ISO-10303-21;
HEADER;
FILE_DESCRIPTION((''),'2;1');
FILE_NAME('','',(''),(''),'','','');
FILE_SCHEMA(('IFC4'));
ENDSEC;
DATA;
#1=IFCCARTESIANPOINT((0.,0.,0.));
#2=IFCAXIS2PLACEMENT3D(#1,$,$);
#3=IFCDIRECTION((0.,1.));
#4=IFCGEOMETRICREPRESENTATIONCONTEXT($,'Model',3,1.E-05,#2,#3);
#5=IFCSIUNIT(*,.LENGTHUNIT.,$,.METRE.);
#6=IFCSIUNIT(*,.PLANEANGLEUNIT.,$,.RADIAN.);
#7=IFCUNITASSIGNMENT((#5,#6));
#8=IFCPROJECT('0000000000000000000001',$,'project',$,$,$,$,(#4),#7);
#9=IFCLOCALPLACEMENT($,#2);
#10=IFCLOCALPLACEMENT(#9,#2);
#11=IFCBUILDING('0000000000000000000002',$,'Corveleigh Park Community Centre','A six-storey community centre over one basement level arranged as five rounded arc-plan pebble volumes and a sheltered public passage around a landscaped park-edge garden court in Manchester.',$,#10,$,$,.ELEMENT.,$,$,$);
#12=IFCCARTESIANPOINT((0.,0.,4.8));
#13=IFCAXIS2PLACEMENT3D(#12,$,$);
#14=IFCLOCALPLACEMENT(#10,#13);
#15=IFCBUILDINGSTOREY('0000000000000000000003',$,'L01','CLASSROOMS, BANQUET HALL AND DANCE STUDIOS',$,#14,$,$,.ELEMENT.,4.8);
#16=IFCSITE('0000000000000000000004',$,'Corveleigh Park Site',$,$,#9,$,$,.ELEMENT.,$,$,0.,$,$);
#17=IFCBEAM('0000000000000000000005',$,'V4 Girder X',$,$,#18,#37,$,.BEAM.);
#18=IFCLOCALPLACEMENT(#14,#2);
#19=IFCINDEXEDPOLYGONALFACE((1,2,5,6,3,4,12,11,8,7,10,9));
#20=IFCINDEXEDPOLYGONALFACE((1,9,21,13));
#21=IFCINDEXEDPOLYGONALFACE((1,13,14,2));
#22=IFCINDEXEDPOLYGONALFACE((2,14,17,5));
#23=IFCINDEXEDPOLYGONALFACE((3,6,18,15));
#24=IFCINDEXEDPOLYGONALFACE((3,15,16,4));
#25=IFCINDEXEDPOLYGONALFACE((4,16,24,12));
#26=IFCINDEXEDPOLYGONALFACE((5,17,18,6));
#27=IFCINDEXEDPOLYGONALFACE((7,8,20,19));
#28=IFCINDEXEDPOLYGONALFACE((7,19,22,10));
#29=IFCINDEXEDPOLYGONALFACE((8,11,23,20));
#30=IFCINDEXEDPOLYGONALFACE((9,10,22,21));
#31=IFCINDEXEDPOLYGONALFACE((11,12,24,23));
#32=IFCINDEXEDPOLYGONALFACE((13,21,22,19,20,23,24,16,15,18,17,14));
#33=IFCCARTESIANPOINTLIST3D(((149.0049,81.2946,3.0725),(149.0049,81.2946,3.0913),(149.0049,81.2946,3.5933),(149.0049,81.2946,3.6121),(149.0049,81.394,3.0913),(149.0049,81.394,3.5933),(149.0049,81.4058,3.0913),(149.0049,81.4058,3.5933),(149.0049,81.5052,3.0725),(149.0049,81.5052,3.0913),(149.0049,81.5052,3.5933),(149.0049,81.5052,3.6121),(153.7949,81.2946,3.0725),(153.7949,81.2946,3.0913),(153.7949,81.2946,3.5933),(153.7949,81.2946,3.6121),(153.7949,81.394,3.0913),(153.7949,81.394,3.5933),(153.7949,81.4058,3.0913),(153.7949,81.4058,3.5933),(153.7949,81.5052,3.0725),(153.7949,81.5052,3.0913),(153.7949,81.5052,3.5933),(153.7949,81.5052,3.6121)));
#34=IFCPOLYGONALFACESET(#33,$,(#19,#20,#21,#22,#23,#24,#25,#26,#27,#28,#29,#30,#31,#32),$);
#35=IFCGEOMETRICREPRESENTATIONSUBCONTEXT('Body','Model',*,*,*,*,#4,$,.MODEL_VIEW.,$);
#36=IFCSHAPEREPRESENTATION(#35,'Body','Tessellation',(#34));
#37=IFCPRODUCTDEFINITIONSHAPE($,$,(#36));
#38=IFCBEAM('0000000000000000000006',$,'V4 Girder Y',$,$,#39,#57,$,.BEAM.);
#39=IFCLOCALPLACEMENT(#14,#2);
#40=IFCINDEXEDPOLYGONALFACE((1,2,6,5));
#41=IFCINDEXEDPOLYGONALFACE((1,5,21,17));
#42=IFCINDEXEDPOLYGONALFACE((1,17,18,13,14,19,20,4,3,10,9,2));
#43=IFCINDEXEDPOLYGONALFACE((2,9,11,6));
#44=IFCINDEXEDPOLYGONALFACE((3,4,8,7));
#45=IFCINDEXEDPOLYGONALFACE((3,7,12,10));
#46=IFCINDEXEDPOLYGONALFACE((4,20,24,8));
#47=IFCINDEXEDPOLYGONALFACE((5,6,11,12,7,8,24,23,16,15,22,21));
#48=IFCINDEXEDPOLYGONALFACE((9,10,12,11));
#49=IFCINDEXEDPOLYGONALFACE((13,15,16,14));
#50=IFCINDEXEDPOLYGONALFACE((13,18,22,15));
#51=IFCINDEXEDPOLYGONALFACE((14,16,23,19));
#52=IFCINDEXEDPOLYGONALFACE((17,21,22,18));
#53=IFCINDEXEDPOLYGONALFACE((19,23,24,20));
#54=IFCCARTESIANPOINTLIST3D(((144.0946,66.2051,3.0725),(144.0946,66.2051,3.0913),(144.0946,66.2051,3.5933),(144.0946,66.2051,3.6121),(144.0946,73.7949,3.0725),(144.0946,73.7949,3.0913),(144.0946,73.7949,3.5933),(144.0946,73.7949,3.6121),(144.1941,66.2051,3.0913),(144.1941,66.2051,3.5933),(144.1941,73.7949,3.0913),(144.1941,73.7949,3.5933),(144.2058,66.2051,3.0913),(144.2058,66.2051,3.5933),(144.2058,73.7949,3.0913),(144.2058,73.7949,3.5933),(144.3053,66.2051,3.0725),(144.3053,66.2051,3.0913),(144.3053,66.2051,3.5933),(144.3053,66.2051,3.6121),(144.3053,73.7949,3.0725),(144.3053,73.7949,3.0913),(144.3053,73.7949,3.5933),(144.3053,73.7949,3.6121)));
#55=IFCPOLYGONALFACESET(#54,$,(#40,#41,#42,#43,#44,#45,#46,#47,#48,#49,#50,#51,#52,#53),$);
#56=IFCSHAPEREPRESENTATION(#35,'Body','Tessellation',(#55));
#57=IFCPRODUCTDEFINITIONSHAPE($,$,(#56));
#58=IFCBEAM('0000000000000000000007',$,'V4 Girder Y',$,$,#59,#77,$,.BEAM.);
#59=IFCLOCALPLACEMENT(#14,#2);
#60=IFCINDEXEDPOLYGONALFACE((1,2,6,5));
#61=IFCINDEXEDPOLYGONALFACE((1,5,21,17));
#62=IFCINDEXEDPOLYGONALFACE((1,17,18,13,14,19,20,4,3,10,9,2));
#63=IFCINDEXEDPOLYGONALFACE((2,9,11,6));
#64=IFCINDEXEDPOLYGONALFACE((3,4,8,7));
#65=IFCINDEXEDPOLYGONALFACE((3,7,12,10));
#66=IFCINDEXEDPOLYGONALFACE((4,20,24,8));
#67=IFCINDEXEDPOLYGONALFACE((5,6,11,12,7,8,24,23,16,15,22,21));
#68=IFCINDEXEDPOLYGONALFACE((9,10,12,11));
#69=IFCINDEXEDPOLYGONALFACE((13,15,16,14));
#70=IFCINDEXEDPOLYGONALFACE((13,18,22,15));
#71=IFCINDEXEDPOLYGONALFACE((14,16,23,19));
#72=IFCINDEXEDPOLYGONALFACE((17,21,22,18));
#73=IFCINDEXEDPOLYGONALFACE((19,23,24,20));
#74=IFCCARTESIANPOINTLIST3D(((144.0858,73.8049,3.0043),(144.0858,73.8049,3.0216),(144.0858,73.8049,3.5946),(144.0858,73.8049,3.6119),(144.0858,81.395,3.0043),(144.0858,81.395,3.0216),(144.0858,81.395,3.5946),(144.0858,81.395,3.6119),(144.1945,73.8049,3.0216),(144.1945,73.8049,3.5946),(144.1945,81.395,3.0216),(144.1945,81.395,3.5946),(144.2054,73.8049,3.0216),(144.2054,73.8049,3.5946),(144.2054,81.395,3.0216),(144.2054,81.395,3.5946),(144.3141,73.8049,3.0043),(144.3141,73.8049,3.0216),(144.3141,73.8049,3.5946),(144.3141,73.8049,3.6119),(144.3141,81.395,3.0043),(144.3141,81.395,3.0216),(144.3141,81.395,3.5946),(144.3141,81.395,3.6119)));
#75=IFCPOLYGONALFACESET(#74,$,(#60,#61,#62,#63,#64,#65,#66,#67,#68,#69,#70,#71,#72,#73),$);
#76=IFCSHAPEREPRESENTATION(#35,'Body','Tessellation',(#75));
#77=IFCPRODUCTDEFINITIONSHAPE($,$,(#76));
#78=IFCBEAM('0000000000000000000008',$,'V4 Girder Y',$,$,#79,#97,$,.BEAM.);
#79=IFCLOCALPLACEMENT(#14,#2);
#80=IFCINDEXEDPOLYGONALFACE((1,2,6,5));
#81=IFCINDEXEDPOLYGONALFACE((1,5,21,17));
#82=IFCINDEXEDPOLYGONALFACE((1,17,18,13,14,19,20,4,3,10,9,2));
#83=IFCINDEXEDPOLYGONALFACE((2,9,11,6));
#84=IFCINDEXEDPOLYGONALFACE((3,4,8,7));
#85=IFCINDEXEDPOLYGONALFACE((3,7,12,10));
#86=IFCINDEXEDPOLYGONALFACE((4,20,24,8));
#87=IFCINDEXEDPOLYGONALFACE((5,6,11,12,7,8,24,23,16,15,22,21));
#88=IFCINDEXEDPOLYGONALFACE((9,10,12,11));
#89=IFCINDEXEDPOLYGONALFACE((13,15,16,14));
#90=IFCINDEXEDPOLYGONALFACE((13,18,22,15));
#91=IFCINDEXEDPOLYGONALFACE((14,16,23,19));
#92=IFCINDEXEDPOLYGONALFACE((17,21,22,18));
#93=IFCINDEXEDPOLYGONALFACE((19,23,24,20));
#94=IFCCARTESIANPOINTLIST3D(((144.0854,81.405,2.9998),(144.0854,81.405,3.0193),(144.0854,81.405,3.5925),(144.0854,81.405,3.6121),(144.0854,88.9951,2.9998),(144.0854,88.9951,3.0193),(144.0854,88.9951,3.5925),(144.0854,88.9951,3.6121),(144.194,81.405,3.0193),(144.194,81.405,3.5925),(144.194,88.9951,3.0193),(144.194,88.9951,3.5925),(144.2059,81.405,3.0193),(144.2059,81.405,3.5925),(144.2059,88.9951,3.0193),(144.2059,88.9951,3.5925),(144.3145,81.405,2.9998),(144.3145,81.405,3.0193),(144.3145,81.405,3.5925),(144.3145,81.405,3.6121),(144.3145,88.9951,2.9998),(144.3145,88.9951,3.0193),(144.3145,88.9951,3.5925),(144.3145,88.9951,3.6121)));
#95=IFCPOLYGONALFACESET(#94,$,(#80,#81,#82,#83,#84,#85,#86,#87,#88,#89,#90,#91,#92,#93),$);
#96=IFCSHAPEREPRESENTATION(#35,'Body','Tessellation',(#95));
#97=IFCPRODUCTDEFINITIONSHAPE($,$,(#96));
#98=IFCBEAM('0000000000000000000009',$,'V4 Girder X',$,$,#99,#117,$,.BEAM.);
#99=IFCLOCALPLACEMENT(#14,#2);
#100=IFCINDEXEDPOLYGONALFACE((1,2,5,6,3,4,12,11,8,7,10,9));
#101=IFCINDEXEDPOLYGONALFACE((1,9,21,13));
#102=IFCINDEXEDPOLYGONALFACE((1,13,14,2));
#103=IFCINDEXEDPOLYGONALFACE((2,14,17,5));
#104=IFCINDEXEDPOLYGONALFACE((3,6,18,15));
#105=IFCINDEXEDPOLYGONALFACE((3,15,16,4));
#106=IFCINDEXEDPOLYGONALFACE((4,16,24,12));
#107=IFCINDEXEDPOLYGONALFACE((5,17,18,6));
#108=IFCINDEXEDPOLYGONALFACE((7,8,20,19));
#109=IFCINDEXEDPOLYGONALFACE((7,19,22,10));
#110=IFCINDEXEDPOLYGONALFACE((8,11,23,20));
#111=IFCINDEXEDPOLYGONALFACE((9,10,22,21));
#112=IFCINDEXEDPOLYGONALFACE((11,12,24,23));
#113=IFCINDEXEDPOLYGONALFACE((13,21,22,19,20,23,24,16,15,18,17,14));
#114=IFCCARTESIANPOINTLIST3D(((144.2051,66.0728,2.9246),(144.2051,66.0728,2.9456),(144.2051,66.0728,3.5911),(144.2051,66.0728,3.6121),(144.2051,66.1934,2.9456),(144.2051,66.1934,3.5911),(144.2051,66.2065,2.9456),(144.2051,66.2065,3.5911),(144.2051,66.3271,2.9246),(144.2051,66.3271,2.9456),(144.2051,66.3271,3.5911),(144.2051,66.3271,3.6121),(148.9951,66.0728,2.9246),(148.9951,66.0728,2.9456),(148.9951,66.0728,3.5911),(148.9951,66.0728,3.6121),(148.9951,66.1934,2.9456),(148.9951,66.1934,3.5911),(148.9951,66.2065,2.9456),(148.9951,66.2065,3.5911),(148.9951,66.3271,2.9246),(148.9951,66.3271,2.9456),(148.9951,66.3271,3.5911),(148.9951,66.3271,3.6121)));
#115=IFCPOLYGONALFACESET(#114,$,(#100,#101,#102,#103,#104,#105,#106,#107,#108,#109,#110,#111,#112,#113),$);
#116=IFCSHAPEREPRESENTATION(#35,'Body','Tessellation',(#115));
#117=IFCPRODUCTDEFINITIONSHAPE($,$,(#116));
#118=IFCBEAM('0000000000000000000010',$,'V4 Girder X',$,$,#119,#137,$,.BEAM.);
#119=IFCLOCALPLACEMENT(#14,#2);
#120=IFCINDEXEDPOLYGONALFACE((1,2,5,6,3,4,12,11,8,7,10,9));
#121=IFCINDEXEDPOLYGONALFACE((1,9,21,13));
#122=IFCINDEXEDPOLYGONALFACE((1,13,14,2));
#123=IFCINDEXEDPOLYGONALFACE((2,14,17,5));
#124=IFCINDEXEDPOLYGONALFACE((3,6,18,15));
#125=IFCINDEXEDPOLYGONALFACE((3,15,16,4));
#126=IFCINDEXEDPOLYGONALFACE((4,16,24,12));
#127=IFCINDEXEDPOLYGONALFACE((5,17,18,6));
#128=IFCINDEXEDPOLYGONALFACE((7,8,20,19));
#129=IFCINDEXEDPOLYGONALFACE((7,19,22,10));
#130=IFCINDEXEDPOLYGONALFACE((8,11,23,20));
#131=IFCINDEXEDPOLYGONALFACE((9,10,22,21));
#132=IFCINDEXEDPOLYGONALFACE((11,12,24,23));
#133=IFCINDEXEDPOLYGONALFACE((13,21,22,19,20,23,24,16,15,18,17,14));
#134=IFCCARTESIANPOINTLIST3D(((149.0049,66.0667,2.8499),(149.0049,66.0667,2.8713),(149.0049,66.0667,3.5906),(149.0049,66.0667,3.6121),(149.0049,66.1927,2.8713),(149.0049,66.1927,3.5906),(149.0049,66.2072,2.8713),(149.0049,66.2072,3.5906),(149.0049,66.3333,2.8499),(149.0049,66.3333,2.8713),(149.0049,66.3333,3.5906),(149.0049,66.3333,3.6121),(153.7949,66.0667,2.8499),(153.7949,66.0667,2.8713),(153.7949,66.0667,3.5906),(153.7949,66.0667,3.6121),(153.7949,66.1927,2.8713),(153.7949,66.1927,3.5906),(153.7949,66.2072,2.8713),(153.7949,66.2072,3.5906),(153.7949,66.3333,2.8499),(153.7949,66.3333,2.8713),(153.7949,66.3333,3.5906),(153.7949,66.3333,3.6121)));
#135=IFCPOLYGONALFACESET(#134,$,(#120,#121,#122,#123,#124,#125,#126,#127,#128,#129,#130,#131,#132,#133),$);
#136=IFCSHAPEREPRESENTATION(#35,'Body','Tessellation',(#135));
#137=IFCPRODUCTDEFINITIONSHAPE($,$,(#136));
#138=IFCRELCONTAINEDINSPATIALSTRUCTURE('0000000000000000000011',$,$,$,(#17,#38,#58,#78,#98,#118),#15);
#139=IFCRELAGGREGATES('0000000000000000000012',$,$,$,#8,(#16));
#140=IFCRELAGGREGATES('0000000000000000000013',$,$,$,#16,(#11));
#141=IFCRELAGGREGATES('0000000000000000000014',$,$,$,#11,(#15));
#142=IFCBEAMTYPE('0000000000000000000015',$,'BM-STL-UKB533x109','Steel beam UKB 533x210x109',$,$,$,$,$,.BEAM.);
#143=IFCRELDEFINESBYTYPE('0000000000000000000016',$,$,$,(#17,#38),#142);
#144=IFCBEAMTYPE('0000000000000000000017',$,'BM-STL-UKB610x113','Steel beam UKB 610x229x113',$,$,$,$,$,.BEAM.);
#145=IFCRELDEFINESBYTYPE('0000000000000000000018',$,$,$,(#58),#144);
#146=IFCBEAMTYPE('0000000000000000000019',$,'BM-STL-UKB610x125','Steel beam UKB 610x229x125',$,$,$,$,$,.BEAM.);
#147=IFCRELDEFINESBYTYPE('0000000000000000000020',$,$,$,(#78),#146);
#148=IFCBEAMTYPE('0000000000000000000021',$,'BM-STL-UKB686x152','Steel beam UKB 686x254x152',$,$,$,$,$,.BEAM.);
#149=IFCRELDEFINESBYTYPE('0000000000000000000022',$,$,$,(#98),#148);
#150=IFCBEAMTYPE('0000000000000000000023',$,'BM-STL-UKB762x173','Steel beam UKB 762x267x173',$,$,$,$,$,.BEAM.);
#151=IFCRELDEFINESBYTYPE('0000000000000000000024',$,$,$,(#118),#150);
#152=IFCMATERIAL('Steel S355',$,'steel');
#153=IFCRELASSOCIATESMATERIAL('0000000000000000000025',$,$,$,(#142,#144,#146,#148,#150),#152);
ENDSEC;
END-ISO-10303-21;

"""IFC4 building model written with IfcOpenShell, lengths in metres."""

from ifc_helpers import new_model, si_unit, direction, frame, origin, origin_2d, place, context, subcontext, project, spatial, i_section, extrude, material, material_profile, profile_set, type_object, element, save


model = new_model("IFC4")

# Units and contexts
model_context = context("Model", 3, precision=1e-05, world=origin(), true_north=direction((0.0, 1.0)))
body_context = subcontext(model_context, "Body", "Model", "MODEL_VIEW")
ifc_project = project(units=[si_unit("LENGTHUNIT", "METRE"), si_unit("PLANEANGLEUNIT", "RADIAN")], contexts=[model_context])

# Site, building, storey
site_placement = place(None, origin())
site = spatial("IfcSite", under=ifc_project, at=site_placement, Name="Corveleigh Park Site", CompositionType="ELEMENT", RefElevation=0.0)
building_placement = place(site_placement, origin())
building = spatial("IfcBuilding", under=site, at=building_placement, Name="Corveleigh Park Community Centre", Description="A six-storey community centre over one basement level arranged as five rounded arc-plan pebble volumes and a sheltered public passage around a landscaped park-edge garden court in Manchester.", CompositionType="ELEMENT")
storey_placement = place(building_placement, frame((0.0, 0.0, 4.8)))
storey = spatial("IfcBuildingStorey", under=building, at=storey_placement, Name="L01", Description="CLASSROOMS, BANQUET HALL AND DANCE STUDIOS", CompositionType="ELEMENT", Elevation=4.8)

# Shared definitions
ifc_material_1 = material(Name="Steel S355", Category="steel")

# Beams
ifc_material_profile_1 = material_profile(ifc_material_1, i_section(OverallWidth=0.2107, OverallDepth=0.5396, WebThickness=0.0117, FlangeThickness=0.0188, at=origin_2d()), Name="UKB 533x210x109", Category="steel")
ifc_profile_set_1 = profile_set([ifc_material_profile_1], Name="Steel S355")
beam_type_1 = type_object("IfcBeamType", Name="BM-STL-UKB533x109", Description="Steel beam UKB 533x210x109", PredefinedType="BEAM", material=ifc_profile_set_1)
beam_1_placement = place(storey_placement, frame((149.0049, 81.3999, 3.3423), z_axis=(1.0, 0.0, 0.0), x_axis=(0.0, 1.0, 0.0)))
element("IfcBeam", 1, at=beam_1_placement, inside=storey, type_object=beam_type_1, Name="V4 Girder X", PredefinedType="BEAM", context=body_context, shape_type="SweptSolid", body=[
    extrude(i_section(OverallWidth=0.2107, OverallDepth=0.5396, WebThickness=0.0117, FlangeThickness=0.0188, at=origin_2d()), origin(), (0.0, 0.0, 1.0), 4.79),
])
beam_2_placement = place(storey_placement, frame((144.2, 66.2051, 3.3423), z_axis=(0.0, 1.0, 0.0), x_axis=(-1.0, 0.0, 0.0)))
element("IfcBeam", 2, at=beam_2_placement, inside=storey, type_object=beam_type_1, Name="V4 Girder Y", PredefinedType="BEAM", context=body_context, shape_type="SweptSolid", body=[
    extrude(i_section(OverallWidth=0.2107, OverallDepth=0.5396, WebThickness=0.0117, FlangeThickness=0.0188, at=origin_2d()), origin(), (0.0, 0.0, 1.0), 7.5898),
])
ifc_material_profile_2 = material_profile(ifc_material_1, i_section(OverallWidth=0.2283, OverallDepth=0.6077, WebThickness=0.011, FlangeThickness=0.0173, at=origin_2d()), Name="UKB 610x229x113", Category="steel")
ifc_profile_set_2 = profile_set([ifc_material_profile_2], Name="Steel S355")
beam_type_2 = type_object("IfcBeamType", Name="BM-STL-UKB610x113", Description="Steel beam UKB 610x229x113", PredefinedType="BEAM", material=ifc_profile_set_2)
beam_3_placement = place(storey_placement, frame((144.2, 73.8049, 3.3081), z_axis=(0.0, 1.0, 0.0), x_axis=(-1.0, 0.0, 0.0)))
element("IfcBeam", 3, at=beam_3_placement, inside=storey, type_object=beam_type_2, Name="V4 Girder Y", PredefinedType="BEAM", context=body_context, shape_type="SweptSolid", body=[
    extrude(i_section(OverallWidth=0.2283, OverallDepth=0.6077, WebThickness=0.011, FlangeThickness=0.0173, at=origin_2d()), origin(), (0.0, 0.0, 1.0), 7.5901),
])
ifc_material_profile_3 = material_profile(ifc_material_1, i_section(OverallWidth=0.229, OverallDepth=0.6123, WebThickness=0.012, FlangeThickness=0.0195, at=origin_2d()), Name="UKB 610x229x125", Category="steel")
ifc_profile_set_3 = profile_set([ifc_material_profile_3], Name="Steel S355")
beam_type_3 = type_object("IfcBeamType", Name="BM-STL-UKB610x125", Description="Steel beam UKB 610x229x125", PredefinedType="BEAM", material=ifc_profile_set_3)
beam_4_placement = place(storey_placement, frame((144.2, 81.405, 3.3059), z_axis=(0.0, 1.0, 0.0), x_axis=(-1.0, 0.0, 0.0)))
element("IfcBeam", 4, at=beam_4_placement, inside=storey, type_object=beam_type_3, Name="V4 Girder Y", PredefinedType="BEAM", context=body_context, shape_type="SweptSolid", body=[
    extrude(i_section(OverallWidth=0.229, OverallDepth=0.6123, WebThickness=0.012, FlangeThickness=0.0195, at=origin_2d()), origin(), (0.0, 0.0, 1.0), 7.5901),
])
ifc_material_profile_4 = material_profile(ifc_material_1, i_section(OverallWidth=0.2544, OverallDepth=0.6875, WebThickness=0.0132, FlangeThickness=0.021, at=origin_2d()), Name="UKB 686x254x152", Category="steel")
ifc_profile_set_4 = profile_set([ifc_material_profile_4], Name="Steel S355")
beam_type_4 = type_object("IfcBeamType", Name="BM-STL-UKB686x152", Description="Steel beam UKB 686x254x152", PredefinedType="BEAM", material=ifc_profile_set_4)
beam_5_placement = place(storey_placement, frame((144.2051, 66.2, 3.2683), z_axis=(1.0, 0.0, 0.0), x_axis=(0.0, 1.0, 0.0)))
element("IfcBeam", 5, at=beam_5_placement, inside=storey, type_object=beam_type_4, Name="V4 Girder X", PredefinedType="BEAM", context=body_context, shape_type="SweptSolid", body=[
    extrude(i_section(OverallWidth=0.2544, OverallDepth=0.6875, WebThickness=0.0132, FlangeThickness=0.021, at=origin_2d()), origin(), (0.0, 0.0, 1.0), 4.79),
])
ifc_material_profile_5 = material_profile(ifc_material_1, i_section(OverallWidth=0.2666, OverallDepth=0.7622, WebThickness=0.0144, FlangeThickness=0.0215, at=origin_2d()), Name="UKB 762x267x173", Category="steel")
ifc_profile_set_5 = profile_set([ifc_material_profile_5], Name="Steel S355")
beam_type_5 = type_object("IfcBeamType", Name="BM-STL-UKB762x173", Description="Steel beam UKB 762x267x173", PredefinedType="BEAM", material=ifc_profile_set_5)
beam_6_placement = place(storey_placement, frame((149.0049, 66.2, 3.231), z_axis=(1.0, 0.0, 0.0), x_axis=(0.0, 1.0, 0.0)))
element("IfcBeam", 6, at=beam_6_placement, inside=storey, type_object=beam_type_5, Name="V4 Girder X", PredefinedType="BEAM", context=body_context, shape_type="SweptSolid", body=[
    extrude(i_section(OverallWidth=0.2666, OverallDepth=0.7622, WebThickness=0.0144, FlangeThickness=0.0215, at=origin_2d()), origin(), (0.0, 0.0, 1.0), 4.79),
])

save(model, "model.ifc")
